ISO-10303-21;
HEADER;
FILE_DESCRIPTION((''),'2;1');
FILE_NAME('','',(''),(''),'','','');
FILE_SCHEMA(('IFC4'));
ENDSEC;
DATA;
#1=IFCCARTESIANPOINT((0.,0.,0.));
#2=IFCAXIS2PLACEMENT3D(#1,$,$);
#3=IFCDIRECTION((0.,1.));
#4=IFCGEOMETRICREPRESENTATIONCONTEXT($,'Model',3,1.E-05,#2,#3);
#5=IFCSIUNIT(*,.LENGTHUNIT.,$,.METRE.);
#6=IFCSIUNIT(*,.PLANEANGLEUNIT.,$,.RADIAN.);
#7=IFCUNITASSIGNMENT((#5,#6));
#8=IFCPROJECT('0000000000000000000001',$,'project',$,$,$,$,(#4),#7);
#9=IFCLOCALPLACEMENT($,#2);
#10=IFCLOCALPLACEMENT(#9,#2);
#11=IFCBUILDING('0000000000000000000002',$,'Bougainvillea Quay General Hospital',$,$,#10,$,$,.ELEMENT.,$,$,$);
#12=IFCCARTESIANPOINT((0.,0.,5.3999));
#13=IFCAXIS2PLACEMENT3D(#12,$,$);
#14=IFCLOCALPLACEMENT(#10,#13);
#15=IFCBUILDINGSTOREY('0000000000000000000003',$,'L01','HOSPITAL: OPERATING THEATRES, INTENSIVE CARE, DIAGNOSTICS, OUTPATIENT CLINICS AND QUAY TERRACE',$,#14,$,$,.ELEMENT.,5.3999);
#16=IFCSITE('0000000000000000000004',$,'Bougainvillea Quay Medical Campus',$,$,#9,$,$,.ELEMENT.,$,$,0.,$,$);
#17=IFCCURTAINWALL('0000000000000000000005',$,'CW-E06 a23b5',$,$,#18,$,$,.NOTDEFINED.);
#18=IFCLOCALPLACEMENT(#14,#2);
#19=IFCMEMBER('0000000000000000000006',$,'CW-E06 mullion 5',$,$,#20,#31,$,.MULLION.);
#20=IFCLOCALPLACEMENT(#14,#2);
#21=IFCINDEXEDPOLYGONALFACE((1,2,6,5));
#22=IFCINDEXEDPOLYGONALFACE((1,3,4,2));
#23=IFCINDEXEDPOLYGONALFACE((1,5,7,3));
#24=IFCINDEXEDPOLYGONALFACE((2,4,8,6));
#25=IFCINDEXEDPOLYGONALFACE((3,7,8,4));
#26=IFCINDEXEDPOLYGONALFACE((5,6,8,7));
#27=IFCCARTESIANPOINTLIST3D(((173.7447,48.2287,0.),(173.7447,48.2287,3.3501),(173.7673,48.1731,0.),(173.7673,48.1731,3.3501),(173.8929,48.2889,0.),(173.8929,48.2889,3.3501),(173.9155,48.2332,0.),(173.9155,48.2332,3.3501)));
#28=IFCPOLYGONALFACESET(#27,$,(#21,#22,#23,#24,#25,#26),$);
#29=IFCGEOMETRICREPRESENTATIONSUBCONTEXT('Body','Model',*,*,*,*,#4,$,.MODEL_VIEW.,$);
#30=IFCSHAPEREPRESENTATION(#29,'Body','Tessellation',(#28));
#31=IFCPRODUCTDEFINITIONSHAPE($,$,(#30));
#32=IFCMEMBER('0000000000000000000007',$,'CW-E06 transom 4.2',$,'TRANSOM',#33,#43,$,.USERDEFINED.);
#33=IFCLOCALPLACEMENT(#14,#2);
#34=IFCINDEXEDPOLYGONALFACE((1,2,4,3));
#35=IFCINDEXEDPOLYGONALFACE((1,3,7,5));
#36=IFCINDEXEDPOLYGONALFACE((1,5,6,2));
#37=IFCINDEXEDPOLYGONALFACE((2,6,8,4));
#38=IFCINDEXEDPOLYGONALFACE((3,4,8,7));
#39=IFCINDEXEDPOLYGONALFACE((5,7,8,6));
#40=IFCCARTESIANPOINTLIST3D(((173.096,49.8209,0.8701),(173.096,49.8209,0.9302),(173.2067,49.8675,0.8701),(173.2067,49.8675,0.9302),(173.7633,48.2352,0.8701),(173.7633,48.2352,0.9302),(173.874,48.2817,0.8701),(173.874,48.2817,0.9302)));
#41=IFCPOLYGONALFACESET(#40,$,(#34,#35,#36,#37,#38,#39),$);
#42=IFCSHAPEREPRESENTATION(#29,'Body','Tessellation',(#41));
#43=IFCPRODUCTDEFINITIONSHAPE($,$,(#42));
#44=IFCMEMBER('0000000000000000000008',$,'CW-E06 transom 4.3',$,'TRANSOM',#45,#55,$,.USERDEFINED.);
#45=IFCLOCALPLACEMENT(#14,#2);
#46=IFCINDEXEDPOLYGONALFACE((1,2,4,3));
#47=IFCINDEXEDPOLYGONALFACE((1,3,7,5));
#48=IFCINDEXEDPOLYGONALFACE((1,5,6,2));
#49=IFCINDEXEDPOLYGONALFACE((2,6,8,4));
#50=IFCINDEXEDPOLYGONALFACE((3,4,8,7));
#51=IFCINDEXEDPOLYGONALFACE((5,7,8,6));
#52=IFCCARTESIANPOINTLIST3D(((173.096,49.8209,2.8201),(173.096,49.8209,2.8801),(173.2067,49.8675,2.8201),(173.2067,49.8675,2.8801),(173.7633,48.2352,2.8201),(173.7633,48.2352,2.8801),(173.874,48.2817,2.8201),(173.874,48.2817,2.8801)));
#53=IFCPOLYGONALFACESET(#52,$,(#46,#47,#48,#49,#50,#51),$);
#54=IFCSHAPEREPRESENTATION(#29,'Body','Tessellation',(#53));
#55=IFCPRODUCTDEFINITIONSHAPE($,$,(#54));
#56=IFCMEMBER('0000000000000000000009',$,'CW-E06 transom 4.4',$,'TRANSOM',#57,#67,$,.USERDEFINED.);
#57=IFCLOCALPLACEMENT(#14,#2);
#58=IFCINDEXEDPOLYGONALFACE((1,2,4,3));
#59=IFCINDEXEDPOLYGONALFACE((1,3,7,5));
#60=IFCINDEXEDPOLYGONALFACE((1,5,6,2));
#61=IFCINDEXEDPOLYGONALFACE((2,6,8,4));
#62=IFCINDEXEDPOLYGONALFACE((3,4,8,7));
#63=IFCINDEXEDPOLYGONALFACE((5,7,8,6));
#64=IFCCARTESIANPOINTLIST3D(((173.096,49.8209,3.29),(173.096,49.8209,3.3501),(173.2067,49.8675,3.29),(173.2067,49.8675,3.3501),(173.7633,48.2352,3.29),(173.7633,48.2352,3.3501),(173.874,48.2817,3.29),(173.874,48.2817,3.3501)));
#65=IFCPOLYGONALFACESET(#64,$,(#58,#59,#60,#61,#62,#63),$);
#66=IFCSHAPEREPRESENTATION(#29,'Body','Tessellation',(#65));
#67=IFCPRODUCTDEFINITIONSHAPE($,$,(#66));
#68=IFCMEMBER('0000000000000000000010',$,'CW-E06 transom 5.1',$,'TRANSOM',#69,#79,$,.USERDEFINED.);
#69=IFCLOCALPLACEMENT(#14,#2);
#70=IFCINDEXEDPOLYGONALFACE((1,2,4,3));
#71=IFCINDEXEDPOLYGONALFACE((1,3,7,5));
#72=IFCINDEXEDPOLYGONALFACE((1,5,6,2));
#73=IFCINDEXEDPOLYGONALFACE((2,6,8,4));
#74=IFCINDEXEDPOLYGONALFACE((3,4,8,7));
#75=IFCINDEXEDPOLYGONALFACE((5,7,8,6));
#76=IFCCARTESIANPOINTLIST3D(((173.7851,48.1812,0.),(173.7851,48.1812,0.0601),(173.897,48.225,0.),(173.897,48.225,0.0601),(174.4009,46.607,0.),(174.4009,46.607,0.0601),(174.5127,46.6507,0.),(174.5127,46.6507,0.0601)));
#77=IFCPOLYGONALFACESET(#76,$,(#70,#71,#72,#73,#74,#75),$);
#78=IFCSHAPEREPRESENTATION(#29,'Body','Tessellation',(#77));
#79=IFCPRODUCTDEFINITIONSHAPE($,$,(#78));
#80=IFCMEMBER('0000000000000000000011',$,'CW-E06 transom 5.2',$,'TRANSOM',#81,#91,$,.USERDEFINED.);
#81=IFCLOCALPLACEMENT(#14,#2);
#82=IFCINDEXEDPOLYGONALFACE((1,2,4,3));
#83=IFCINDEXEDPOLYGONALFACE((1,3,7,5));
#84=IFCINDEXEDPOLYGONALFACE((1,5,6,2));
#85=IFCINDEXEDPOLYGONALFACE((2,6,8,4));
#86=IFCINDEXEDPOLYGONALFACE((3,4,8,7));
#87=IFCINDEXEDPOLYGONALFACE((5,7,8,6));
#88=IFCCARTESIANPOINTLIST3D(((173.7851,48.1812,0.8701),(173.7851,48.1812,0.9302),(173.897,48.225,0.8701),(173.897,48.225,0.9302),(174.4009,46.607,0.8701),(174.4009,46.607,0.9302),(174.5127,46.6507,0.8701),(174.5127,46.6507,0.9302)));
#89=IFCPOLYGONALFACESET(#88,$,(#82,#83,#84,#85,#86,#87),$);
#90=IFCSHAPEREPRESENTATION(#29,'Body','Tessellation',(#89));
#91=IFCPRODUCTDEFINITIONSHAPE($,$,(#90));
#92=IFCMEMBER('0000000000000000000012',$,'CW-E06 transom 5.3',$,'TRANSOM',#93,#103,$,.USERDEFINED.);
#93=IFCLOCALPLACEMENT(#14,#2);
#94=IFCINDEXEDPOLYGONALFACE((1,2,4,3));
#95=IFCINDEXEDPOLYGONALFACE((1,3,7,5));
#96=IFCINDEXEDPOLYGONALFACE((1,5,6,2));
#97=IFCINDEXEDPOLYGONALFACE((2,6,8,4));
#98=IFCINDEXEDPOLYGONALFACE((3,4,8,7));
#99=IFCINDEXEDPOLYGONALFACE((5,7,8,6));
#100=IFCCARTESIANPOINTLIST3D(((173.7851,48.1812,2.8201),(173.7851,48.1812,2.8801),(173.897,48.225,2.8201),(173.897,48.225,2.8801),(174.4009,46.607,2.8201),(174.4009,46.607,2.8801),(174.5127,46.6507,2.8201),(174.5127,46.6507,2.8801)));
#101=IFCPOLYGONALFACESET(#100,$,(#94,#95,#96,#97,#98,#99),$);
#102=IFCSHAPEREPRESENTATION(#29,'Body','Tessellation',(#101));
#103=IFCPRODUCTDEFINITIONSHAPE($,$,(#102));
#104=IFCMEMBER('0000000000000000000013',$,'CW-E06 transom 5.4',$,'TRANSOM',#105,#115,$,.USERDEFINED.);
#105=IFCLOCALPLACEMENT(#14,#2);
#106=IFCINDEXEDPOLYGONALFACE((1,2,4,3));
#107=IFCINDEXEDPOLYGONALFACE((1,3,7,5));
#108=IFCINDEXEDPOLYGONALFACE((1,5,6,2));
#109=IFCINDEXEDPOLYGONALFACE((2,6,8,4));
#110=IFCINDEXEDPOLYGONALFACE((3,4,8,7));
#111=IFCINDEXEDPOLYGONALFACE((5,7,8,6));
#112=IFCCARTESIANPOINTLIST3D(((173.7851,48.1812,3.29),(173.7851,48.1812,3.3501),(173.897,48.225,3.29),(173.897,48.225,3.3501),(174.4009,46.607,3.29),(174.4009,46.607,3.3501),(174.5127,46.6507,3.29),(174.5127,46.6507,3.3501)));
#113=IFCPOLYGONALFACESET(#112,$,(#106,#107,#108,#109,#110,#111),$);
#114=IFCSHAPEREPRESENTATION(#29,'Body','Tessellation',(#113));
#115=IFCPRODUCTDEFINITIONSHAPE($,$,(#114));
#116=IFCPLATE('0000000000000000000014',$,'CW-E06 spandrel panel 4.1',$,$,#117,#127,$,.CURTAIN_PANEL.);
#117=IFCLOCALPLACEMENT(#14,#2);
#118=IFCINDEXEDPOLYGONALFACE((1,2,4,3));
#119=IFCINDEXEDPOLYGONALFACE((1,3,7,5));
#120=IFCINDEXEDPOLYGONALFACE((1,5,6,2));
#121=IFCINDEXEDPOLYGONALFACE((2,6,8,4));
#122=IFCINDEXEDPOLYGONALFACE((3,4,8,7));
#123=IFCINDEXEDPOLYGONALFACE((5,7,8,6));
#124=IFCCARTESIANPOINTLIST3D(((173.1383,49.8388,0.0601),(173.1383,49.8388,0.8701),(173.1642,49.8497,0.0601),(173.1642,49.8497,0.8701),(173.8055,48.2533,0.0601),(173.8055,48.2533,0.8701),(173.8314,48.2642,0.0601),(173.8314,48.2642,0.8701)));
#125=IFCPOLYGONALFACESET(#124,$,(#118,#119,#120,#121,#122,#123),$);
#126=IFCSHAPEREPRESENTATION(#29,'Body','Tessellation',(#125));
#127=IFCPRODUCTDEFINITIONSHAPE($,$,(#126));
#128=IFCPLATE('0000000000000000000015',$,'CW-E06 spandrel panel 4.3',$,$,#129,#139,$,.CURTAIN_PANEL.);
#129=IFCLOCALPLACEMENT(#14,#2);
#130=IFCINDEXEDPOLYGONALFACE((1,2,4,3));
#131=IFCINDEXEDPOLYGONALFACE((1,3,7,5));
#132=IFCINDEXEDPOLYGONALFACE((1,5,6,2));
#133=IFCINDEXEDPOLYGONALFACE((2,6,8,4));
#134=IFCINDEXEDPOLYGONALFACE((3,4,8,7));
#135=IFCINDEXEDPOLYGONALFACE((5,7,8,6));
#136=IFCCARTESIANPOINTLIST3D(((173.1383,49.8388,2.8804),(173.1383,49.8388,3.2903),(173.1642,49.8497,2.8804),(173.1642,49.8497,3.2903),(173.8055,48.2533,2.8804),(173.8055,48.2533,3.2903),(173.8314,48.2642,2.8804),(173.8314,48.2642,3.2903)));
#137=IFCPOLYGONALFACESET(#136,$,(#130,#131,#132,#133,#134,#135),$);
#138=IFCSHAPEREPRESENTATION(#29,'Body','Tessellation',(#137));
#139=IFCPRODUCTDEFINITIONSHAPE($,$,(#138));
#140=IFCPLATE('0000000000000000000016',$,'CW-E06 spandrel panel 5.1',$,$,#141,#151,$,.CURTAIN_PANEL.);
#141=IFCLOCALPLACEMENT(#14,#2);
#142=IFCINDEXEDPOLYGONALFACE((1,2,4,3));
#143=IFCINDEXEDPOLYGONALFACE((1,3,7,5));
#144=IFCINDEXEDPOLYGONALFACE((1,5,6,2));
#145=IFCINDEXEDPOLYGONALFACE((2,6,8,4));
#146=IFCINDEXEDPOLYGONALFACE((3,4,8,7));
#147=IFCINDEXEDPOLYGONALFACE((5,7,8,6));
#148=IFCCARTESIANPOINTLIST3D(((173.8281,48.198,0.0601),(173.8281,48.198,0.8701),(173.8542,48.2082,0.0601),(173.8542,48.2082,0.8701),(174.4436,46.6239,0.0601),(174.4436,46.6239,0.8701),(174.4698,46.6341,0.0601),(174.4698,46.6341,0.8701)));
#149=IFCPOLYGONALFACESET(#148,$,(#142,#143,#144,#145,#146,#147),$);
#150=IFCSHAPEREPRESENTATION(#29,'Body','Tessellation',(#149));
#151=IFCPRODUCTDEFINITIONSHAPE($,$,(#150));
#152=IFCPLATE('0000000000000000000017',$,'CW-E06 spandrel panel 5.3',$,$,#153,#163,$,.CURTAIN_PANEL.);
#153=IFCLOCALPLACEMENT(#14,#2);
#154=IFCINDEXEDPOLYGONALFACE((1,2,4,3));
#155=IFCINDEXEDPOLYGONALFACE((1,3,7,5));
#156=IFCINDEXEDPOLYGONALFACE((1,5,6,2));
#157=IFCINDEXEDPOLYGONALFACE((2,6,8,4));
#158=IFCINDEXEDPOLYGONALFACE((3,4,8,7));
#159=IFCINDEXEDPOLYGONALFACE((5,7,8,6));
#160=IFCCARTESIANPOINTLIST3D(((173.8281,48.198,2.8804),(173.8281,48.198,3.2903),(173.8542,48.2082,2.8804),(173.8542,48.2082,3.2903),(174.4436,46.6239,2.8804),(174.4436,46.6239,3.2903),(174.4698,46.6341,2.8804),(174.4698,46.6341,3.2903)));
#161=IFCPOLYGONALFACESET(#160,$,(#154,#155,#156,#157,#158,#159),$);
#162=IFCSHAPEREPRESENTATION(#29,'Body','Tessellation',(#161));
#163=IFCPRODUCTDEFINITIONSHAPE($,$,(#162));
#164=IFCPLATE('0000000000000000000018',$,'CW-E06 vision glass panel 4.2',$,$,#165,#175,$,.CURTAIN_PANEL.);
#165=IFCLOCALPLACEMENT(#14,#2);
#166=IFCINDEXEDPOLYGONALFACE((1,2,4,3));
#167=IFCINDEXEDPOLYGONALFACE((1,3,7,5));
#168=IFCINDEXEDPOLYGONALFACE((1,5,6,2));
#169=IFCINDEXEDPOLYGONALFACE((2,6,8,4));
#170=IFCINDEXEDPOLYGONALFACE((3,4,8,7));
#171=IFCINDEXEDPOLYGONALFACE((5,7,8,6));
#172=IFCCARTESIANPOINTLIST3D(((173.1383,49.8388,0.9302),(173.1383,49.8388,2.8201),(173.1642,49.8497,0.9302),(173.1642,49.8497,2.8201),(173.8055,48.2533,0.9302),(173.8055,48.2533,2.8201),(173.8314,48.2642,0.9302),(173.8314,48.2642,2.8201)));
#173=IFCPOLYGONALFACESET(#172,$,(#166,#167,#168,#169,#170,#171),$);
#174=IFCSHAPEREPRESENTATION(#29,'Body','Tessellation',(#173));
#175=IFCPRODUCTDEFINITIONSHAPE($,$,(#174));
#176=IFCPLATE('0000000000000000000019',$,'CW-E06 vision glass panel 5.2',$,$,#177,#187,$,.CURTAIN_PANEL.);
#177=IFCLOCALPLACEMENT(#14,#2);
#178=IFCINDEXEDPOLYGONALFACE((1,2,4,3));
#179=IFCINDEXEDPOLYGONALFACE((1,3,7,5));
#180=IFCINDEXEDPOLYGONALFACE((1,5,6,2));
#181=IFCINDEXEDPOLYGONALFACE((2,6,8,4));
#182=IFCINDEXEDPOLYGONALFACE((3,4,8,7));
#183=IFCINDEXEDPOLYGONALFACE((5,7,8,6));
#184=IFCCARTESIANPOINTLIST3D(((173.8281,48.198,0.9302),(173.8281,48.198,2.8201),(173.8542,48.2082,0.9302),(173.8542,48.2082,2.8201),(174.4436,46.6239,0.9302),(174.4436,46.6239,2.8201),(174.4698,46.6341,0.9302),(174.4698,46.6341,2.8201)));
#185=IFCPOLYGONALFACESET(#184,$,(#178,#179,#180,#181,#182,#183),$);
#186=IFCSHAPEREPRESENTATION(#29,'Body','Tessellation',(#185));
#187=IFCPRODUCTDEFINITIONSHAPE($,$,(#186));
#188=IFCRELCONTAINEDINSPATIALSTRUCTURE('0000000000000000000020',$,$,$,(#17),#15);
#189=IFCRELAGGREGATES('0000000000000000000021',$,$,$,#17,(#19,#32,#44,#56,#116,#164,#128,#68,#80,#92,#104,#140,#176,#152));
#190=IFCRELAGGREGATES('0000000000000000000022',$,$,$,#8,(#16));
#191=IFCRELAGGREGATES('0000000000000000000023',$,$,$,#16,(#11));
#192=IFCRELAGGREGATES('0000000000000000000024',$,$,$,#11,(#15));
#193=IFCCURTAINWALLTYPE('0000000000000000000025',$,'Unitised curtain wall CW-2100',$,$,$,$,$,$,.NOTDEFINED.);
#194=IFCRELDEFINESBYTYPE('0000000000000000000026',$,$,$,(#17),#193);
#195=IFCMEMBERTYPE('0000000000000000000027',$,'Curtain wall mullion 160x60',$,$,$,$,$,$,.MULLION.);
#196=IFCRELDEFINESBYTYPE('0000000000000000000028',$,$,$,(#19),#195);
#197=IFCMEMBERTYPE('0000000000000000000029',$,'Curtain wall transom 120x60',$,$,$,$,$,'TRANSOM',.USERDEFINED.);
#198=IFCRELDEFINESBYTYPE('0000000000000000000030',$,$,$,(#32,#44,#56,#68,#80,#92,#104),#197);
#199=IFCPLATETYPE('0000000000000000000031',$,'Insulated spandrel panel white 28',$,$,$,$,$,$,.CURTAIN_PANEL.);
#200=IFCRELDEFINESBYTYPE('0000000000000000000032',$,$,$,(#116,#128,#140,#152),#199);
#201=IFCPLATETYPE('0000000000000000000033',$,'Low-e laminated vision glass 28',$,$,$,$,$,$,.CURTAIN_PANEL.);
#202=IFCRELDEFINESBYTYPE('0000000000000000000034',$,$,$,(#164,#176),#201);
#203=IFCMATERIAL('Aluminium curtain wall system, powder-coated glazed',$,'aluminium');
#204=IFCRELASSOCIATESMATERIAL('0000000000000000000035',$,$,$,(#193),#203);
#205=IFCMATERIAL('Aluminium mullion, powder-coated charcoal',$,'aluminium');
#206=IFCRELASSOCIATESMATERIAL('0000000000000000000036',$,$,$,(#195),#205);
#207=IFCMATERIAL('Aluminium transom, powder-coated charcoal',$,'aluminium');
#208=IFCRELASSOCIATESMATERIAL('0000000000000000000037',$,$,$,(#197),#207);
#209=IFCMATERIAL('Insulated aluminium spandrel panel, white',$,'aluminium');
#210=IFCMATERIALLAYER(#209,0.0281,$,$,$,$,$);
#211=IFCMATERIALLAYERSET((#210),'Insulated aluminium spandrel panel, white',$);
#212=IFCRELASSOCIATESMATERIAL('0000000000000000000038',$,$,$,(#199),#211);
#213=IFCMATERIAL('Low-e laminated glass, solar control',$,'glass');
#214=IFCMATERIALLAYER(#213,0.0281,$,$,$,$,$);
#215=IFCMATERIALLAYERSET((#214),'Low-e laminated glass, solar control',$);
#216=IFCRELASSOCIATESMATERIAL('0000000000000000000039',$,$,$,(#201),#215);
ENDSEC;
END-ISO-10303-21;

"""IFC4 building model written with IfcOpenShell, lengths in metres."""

from ifc_helpers import new_model, si_unit, direction, frame, origin, origin_2d, place, context, subcontext, project, spatial, rectangle, extrude, material, layer, layer_set, material_profile, profile_set, type_object, element, aggregate, save


model = new_model("IFC4")

# Units and contexts
model_context = context("Model", 3, precision=1e-05, world=origin(), true_north=direction((0.0, 1.0)))
body_context = subcontext(model_context, "Body", "Model", "MODEL_VIEW")
ifc_project = project(units=[si_unit("LENGTHUNIT", "METRE"), si_unit("PLANEANGLEUNIT", "RADIAN")], contexts=[model_context])

# Site, building, storey
site_placement = place(None, origin())
site = spatial("IfcSite", under=ifc_project, at=site_placement, Name="Bougainvillea Quay Medical Campus", CompositionType="ELEMENT", RefElevation=0.0)
building_placement = place(site_placement, origin())
building = spatial("IfcBuilding", under=site, at=building_placement, Name="Bougainvillea Quay General Hospital", CompositionType="ELEMENT")
storey_placement = place(building_placement, frame((0.0, 0.0, 5.3999)))
storey = spatial("IfcBuildingStorey", under=building, at=storey_placement, Name="L01", Description="HOSPITAL: OPERATING THEATRES, INTENSIVE CARE, DIAGNOSTICS, OUTPATIENT CLINICS AND QUAY TERRACE", CompositionType="ELEMENT", Elevation=5.3999)

# Curtain wall, members, plates
ifc_material_1 = material(Name="Aluminium curtain wall system, powder-coated glazed", Category="aluminium")
curtain_wall_type = type_object("IfcCurtainWallType", Name="Unitised curtain wall CW-2100", PredefinedType="NOTDEFINED", material=ifc_material_1)
curtain_wall_placement = place(storey_placement, origin())
curtain_wall = element("IfcCurtainWall", 1, at=curtain_wall_placement, inside=storey, type_object=curtain_wall_type, Name="CW-E06 a23b5", PredefinedType="NOTDEFINED")
ifc_material_2 = material(Name="Aluminium mullion, powder-coated charcoal", Category="aluminium")
ifc_material_profile_1 = material_profile(ifc_material_2, rectangle(XDim=0.1599, YDim=0.0601, at=origin_2d()))
ifc_profile_set_1 = profile_set([ifc_material_profile_1], Name="Aluminium mullion, powder-coated charcoal")
member_type_1 = type_object("IfcMemberType", Name="Curtain wall mullion 160x60", PredefinedType="MULLION", material=ifc_profile_set_1)
member_1_placement = place(storey_placement, frame((173.8301, 48.231, 0.0), z_axis=(0.0, 0.0, 1.0), x_axis=(0.926592, 0.376069, 0.0)))
member_1 = element("IfcMember", 2, at=member_1_placement, type_object=member_type_1, Name="CW-E06 mullion 5", PredefinedType="MULLION", context=body_context, shape_type="SweptSolid", body=[
    extrude(rectangle(XDim=0.1599, YDim=0.0601, at=origin_2d()), origin(), (0.0, 0.0, 1.0), 3.3501),
])
ifc_material_3 = material(Name="Aluminium transom, powder-coated charcoal", Category="aluminium")
ifc_material_profile_2 = material_profile(ifc_material_3, rectangle(XDim=0.1201, YDim=0.0601, at=origin_2d()))
ifc_profile_set_2 = profile_set([ifc_material_profile_2], Name="Aluminium transom, powder-coated charcoal")
member_type_2 = type_object("IfcMemberType", Name="Curtain wall transom 120x60", ElementType="TRANSOM", PredefinedType="USERDEFINED", material=ifc_profile_set_2)
member_2_placement = place(storey_placement, frame((173.1514, 49.8442, 0.9001), z_axis=(0.387848, -0.921724, 0.0), x_axis=(0.921724, 0.387848, 0.0)))
member_2 = element("IfcMember", 3, at=member_2_placement, type_object=member_type_2, Name="CW-E06 transom 4.2", ObjectType="TRANSOM", PredefinedType="USERDEFINED", context=body_context, shape_type="SweptSolid", body=[
    extrude(rectangle(XDim=0.1201, YDim=0.0601, at=origin_2d()), origin(), (0.0, 0.0, 1.0), 1.7205),
])
member_3_placement = place(storey_placement, frame((173.1514, 49.8442, 2.8501), z_axis=(0.387848, -0.921724, 0.0), x_axis=(0.921724, 0.387848, 0.0)))
member_3 = element("IfcMember", 4, at=member_3_placement, type_object=member_type_2, Name="CW-E06 transom 4.3", ObjectType="TRANSOM", PredefinedType="USERDEFINED", context=body_context, shape_type="SweptSolid", body=[
    extrude(rectangle(XDim=0.1201, YDim=0.0601, at=origin_2d()), origin(), (0.0, 0.0, 1.0), 1.7205),
])
member_4_placement = place(storey_placement, frame((173.1514, 49.8442, 3.3201), z_axis=(0.387848, -0.921724, 0.0), x_axis=(0.921724, 0.387848, 0.0)))
member_4 = element("IfcMember", 5, at=member_4_placement, type_object=member_type_2, Name="CW-E06 transom 4.4", ObjectType="TRANSOM", PredefinedType="USERDEFINED", context=body_context, shape_type="SweptSolid", body=[
    extrude(rectangle(XDim=0.1201, YDim=0.0601, at=origin_2d()), origin(), (0.0, 0.0, 1.0), 1.7205),
])
member_5_placement = place(storey_placement, frame((173.8411, 48.2031, 0.03), z_axis=(0.364258, -0.931298, 0.0), x_axis=(0.931298, 0.364258, 0.0)))
member_5 = element("IfcMember", 6, at=member_5_placement, type_object=member_type_2, Name="CW-E06 transom 5.1", ObjectType="TRANSOM", PredefinedType="USERDEFINED", context=body_context, shape_type="SweptSolid", body=[
    extrude(rectangle(XDim=0.1201, YDim=0.0601, at=origin_2d()), origin(), (0.0, 0.0, 1.0), 1.6904),
])
member_6_placement = place(storey_placement, frame((173.8411, 48.2031, 0.9001), z_axis=(0.364258, -0.931298, 0.0), x_axis=(0.931298, 0.364258, 0.0)))
member_6 = element("IfcMember", 7, at=member_6_placement, type_object=member_type_2, Name="CW-E06 transom 5.2", ObjectType="TRANSOM", PredefinedType="USERDEFINED", context=body_context, shape_type="SweptSolid", body=[
    extrude(rectangle(XDim=0.1201, YDim=0.0601, at=origin_2d()), origin(), (0.0, 0.0, 1.0), 1.6904),
])
member_7_placement = place(storey_placement, frame((173.8411, 48.2031, 2.8501), z_axis=(0.364258, -0.931298, 0.0), x_axis=(0.931298, 0.364258, 0.0)))
member_7 = element("IfcMember", 8, at=member_7_placement, type_object=member_type_2, Name="CW-E06 transom 5.3", ObjectType="TRANSOM", PredefinedType="USERDEFINED", context=body_context, shape_type="SweptSolid", body=[
    extrude(rectangle(XDim=0.1201, YDim=0.0601, at=origin_2d()), origin(), (0.0, 0.0, 1.0), 1.6904),
])
member_8_placement = place(storey_placement, frame((173.8411, 48.2031, 3.3201), z_axis=(0.364258, -0.931298, 0.0), x_axis=(0.931298, 0.364258, 0.0)))
member_8 = element("IfcMember", 9, at=member_8_placement, type_object=member_type_2, Name="CW-E06 transom 5.4", ObjectType="TRANSOM", PredefinedType="USERDEFINED", context=body_context, shape_type="SweptSolid", body=[
    extrude(rectangle(XDim=0.1201, YDim=0.0601, at=origin_2d()), origin(), (0.0, 0.0, 1.0), 1.6904),
])
ifc_material_4 = material(Name="Insulated aluminium spandrel panel, white", Category="aluminium")
ifc_layer_1 = layer(ifc_material_4, 0.0281)
ifc_layer_set_1 = layer_set([ifc_layer_1], Name="Insulated aluminium spandrel panel, white")
plate_type_1 = type_object("IfcPlateType", Name="Insulated spandrel panel white 28", PredefinedType="CURTAIN_PANEL", material=ifc_layer_set_1)
plate_1_placement = place(storey_placement, frame((173.4849, 49.0515, 0.0601), z_axis=(0.0, 0.0, 1.0), x_axis=(0.387863, -0.921717, 0.0)))
plate_1 = element("IfcPlate", 10, at=plate_1_placement, type_object=plate_type_1, Name="CW-E06 spandrel panel 4.1", PredefinedType="CURTAIN_PANEL", context=body_context, shape_type="SweptSolid", body=[
    extrude(rectangle(XDim=1.7202, YDim=0.0281, at=origin_2d()), origin(), (0.0, 0.0, 1.0), 0.8101),
])
plate_2_placement = place(storey_placement, frame((173.4849, 49.0515, 2.8804), z_axis=(0.0, 0.0, 1.0), x_axis=(0.387863, -0.921717, 0.0)))
plate_2 = element("IfcPlate", 11, at=plate_2_placement, type_object=plate_type_1, Name="CW-E06 spandrel panel 4.3", PredefinedType="CURTAIN_PANEL", context=body_context, shape_type="SweptSolid", body=[
    extrude(rectangle(XDim=1.7202, YDim=0.0281, at=origin_2d()), origin(), (0.0, 0.0, 1.0), 0.4099),
])
plate_3_placement = place(storey_placement, frame((174.1489, 47.416, 0.0601), z_axis=(0.0, 0.0, 1.0), x_axis=(0.364214, -0.931315, 0.0)))
plate_3 = element("IfcPlate", 12, at=plate_3_placement, type_object=plate_type_1, Name="CW-E06 spandrel panel 5.1", PredefinedType="CURTAIN_PANEL", context=body_context, shape_type="SweptSolid", body=[
    extrude(rectangle(XDim=1.6902, YDim=0.0281, at=origin_2d()), origin(), (0.0, 0.0, 1.0), 0.8101),
])
plate_4_placement = place(storey_placement, frame((174.1489, 47.416, 2.8804), z_axis=(0.0, 0.0, 1.0), x_axis=(0.364214, -0.931315, 0.0)))
plate_4 = element("IfcPlate", 13, at=plate_4_placement, type_object=plate_type_1, Name="CW-E06 spandrel panel 5.3", PredefinedType="CURTAIN_PANEL", context=body_context, shape_type="SweptSolid", body=[
    extrude(rectangle(XDim=1.6902, YDim=0.0281, at=origin_2d()), origin(), (0.0, 0.0, 1.0), 0.4099),
])
ifc_material_5 = material(Name="Low-e laminated glass, solar control", Category="glass")
ifc_layer_2 = layer(ifc_material_5, 0.0281)
ifc_layer_set_2 = layer_set([ifc_layer_2], Name="Low-e laminated glass, solar control")
plate_type_2 = type_object("IfcPlateType", Name="Low-e laminated vision glass 28", PredefinedType="CURTAIN_PANEL", material=ifc_layer_set_2)
plate_5_placement = place(storey_placement, frame((173.4849, 49.0515, 0.9302), z_axis=(0.0, 0.0, 1.0), x_axis=(0.387863, -0.921717, 0.0)))
plate_5 = element("IfcPlate", 14, at=plate_5_placement, type_object=plate_type_2, Name="CW-E06 vision glass panel 4.2", PredefinedType="CURTAIN_PANEL", context=body_context, shape_type="SweptSolid", body=[
    extrude(rectangle(XDim=1.7202, YDim=0.0281, at=origin_2d()), origin(), (0.0, 0.0, 1.0), 1.8899),
])
plate_6_placement = place(storey_placement, frame((174.1489, 47.416, 0.9302), z_axis=(0.0, 0.0, 1.0), x_axis=(0.364214, -0.931315, 0.0)))
plate_6 = element("IfcPlate", 15, at=plate_6_placement, type_object=plate_type_2, Name="CW-E06 vision glass panel 5.2", PredefinedType="CURTAIN_PANEL", context=body_context, shape_type="SweptSolid", body=[
    extrude(rectangle(XDim=1.6902, YDim=0.0281, at=origin_2d()), origin(), (0.0, 0.0, 1.0), 1.8899),
])
aggregate(curtain_wall, [member_1, member_2, member_3, member_4, plate_1, plate_5, plate_2, member_5, member_6, member_7, member_8, plate_3, plate_6, plate_4])

save(model, "model.ifc")
